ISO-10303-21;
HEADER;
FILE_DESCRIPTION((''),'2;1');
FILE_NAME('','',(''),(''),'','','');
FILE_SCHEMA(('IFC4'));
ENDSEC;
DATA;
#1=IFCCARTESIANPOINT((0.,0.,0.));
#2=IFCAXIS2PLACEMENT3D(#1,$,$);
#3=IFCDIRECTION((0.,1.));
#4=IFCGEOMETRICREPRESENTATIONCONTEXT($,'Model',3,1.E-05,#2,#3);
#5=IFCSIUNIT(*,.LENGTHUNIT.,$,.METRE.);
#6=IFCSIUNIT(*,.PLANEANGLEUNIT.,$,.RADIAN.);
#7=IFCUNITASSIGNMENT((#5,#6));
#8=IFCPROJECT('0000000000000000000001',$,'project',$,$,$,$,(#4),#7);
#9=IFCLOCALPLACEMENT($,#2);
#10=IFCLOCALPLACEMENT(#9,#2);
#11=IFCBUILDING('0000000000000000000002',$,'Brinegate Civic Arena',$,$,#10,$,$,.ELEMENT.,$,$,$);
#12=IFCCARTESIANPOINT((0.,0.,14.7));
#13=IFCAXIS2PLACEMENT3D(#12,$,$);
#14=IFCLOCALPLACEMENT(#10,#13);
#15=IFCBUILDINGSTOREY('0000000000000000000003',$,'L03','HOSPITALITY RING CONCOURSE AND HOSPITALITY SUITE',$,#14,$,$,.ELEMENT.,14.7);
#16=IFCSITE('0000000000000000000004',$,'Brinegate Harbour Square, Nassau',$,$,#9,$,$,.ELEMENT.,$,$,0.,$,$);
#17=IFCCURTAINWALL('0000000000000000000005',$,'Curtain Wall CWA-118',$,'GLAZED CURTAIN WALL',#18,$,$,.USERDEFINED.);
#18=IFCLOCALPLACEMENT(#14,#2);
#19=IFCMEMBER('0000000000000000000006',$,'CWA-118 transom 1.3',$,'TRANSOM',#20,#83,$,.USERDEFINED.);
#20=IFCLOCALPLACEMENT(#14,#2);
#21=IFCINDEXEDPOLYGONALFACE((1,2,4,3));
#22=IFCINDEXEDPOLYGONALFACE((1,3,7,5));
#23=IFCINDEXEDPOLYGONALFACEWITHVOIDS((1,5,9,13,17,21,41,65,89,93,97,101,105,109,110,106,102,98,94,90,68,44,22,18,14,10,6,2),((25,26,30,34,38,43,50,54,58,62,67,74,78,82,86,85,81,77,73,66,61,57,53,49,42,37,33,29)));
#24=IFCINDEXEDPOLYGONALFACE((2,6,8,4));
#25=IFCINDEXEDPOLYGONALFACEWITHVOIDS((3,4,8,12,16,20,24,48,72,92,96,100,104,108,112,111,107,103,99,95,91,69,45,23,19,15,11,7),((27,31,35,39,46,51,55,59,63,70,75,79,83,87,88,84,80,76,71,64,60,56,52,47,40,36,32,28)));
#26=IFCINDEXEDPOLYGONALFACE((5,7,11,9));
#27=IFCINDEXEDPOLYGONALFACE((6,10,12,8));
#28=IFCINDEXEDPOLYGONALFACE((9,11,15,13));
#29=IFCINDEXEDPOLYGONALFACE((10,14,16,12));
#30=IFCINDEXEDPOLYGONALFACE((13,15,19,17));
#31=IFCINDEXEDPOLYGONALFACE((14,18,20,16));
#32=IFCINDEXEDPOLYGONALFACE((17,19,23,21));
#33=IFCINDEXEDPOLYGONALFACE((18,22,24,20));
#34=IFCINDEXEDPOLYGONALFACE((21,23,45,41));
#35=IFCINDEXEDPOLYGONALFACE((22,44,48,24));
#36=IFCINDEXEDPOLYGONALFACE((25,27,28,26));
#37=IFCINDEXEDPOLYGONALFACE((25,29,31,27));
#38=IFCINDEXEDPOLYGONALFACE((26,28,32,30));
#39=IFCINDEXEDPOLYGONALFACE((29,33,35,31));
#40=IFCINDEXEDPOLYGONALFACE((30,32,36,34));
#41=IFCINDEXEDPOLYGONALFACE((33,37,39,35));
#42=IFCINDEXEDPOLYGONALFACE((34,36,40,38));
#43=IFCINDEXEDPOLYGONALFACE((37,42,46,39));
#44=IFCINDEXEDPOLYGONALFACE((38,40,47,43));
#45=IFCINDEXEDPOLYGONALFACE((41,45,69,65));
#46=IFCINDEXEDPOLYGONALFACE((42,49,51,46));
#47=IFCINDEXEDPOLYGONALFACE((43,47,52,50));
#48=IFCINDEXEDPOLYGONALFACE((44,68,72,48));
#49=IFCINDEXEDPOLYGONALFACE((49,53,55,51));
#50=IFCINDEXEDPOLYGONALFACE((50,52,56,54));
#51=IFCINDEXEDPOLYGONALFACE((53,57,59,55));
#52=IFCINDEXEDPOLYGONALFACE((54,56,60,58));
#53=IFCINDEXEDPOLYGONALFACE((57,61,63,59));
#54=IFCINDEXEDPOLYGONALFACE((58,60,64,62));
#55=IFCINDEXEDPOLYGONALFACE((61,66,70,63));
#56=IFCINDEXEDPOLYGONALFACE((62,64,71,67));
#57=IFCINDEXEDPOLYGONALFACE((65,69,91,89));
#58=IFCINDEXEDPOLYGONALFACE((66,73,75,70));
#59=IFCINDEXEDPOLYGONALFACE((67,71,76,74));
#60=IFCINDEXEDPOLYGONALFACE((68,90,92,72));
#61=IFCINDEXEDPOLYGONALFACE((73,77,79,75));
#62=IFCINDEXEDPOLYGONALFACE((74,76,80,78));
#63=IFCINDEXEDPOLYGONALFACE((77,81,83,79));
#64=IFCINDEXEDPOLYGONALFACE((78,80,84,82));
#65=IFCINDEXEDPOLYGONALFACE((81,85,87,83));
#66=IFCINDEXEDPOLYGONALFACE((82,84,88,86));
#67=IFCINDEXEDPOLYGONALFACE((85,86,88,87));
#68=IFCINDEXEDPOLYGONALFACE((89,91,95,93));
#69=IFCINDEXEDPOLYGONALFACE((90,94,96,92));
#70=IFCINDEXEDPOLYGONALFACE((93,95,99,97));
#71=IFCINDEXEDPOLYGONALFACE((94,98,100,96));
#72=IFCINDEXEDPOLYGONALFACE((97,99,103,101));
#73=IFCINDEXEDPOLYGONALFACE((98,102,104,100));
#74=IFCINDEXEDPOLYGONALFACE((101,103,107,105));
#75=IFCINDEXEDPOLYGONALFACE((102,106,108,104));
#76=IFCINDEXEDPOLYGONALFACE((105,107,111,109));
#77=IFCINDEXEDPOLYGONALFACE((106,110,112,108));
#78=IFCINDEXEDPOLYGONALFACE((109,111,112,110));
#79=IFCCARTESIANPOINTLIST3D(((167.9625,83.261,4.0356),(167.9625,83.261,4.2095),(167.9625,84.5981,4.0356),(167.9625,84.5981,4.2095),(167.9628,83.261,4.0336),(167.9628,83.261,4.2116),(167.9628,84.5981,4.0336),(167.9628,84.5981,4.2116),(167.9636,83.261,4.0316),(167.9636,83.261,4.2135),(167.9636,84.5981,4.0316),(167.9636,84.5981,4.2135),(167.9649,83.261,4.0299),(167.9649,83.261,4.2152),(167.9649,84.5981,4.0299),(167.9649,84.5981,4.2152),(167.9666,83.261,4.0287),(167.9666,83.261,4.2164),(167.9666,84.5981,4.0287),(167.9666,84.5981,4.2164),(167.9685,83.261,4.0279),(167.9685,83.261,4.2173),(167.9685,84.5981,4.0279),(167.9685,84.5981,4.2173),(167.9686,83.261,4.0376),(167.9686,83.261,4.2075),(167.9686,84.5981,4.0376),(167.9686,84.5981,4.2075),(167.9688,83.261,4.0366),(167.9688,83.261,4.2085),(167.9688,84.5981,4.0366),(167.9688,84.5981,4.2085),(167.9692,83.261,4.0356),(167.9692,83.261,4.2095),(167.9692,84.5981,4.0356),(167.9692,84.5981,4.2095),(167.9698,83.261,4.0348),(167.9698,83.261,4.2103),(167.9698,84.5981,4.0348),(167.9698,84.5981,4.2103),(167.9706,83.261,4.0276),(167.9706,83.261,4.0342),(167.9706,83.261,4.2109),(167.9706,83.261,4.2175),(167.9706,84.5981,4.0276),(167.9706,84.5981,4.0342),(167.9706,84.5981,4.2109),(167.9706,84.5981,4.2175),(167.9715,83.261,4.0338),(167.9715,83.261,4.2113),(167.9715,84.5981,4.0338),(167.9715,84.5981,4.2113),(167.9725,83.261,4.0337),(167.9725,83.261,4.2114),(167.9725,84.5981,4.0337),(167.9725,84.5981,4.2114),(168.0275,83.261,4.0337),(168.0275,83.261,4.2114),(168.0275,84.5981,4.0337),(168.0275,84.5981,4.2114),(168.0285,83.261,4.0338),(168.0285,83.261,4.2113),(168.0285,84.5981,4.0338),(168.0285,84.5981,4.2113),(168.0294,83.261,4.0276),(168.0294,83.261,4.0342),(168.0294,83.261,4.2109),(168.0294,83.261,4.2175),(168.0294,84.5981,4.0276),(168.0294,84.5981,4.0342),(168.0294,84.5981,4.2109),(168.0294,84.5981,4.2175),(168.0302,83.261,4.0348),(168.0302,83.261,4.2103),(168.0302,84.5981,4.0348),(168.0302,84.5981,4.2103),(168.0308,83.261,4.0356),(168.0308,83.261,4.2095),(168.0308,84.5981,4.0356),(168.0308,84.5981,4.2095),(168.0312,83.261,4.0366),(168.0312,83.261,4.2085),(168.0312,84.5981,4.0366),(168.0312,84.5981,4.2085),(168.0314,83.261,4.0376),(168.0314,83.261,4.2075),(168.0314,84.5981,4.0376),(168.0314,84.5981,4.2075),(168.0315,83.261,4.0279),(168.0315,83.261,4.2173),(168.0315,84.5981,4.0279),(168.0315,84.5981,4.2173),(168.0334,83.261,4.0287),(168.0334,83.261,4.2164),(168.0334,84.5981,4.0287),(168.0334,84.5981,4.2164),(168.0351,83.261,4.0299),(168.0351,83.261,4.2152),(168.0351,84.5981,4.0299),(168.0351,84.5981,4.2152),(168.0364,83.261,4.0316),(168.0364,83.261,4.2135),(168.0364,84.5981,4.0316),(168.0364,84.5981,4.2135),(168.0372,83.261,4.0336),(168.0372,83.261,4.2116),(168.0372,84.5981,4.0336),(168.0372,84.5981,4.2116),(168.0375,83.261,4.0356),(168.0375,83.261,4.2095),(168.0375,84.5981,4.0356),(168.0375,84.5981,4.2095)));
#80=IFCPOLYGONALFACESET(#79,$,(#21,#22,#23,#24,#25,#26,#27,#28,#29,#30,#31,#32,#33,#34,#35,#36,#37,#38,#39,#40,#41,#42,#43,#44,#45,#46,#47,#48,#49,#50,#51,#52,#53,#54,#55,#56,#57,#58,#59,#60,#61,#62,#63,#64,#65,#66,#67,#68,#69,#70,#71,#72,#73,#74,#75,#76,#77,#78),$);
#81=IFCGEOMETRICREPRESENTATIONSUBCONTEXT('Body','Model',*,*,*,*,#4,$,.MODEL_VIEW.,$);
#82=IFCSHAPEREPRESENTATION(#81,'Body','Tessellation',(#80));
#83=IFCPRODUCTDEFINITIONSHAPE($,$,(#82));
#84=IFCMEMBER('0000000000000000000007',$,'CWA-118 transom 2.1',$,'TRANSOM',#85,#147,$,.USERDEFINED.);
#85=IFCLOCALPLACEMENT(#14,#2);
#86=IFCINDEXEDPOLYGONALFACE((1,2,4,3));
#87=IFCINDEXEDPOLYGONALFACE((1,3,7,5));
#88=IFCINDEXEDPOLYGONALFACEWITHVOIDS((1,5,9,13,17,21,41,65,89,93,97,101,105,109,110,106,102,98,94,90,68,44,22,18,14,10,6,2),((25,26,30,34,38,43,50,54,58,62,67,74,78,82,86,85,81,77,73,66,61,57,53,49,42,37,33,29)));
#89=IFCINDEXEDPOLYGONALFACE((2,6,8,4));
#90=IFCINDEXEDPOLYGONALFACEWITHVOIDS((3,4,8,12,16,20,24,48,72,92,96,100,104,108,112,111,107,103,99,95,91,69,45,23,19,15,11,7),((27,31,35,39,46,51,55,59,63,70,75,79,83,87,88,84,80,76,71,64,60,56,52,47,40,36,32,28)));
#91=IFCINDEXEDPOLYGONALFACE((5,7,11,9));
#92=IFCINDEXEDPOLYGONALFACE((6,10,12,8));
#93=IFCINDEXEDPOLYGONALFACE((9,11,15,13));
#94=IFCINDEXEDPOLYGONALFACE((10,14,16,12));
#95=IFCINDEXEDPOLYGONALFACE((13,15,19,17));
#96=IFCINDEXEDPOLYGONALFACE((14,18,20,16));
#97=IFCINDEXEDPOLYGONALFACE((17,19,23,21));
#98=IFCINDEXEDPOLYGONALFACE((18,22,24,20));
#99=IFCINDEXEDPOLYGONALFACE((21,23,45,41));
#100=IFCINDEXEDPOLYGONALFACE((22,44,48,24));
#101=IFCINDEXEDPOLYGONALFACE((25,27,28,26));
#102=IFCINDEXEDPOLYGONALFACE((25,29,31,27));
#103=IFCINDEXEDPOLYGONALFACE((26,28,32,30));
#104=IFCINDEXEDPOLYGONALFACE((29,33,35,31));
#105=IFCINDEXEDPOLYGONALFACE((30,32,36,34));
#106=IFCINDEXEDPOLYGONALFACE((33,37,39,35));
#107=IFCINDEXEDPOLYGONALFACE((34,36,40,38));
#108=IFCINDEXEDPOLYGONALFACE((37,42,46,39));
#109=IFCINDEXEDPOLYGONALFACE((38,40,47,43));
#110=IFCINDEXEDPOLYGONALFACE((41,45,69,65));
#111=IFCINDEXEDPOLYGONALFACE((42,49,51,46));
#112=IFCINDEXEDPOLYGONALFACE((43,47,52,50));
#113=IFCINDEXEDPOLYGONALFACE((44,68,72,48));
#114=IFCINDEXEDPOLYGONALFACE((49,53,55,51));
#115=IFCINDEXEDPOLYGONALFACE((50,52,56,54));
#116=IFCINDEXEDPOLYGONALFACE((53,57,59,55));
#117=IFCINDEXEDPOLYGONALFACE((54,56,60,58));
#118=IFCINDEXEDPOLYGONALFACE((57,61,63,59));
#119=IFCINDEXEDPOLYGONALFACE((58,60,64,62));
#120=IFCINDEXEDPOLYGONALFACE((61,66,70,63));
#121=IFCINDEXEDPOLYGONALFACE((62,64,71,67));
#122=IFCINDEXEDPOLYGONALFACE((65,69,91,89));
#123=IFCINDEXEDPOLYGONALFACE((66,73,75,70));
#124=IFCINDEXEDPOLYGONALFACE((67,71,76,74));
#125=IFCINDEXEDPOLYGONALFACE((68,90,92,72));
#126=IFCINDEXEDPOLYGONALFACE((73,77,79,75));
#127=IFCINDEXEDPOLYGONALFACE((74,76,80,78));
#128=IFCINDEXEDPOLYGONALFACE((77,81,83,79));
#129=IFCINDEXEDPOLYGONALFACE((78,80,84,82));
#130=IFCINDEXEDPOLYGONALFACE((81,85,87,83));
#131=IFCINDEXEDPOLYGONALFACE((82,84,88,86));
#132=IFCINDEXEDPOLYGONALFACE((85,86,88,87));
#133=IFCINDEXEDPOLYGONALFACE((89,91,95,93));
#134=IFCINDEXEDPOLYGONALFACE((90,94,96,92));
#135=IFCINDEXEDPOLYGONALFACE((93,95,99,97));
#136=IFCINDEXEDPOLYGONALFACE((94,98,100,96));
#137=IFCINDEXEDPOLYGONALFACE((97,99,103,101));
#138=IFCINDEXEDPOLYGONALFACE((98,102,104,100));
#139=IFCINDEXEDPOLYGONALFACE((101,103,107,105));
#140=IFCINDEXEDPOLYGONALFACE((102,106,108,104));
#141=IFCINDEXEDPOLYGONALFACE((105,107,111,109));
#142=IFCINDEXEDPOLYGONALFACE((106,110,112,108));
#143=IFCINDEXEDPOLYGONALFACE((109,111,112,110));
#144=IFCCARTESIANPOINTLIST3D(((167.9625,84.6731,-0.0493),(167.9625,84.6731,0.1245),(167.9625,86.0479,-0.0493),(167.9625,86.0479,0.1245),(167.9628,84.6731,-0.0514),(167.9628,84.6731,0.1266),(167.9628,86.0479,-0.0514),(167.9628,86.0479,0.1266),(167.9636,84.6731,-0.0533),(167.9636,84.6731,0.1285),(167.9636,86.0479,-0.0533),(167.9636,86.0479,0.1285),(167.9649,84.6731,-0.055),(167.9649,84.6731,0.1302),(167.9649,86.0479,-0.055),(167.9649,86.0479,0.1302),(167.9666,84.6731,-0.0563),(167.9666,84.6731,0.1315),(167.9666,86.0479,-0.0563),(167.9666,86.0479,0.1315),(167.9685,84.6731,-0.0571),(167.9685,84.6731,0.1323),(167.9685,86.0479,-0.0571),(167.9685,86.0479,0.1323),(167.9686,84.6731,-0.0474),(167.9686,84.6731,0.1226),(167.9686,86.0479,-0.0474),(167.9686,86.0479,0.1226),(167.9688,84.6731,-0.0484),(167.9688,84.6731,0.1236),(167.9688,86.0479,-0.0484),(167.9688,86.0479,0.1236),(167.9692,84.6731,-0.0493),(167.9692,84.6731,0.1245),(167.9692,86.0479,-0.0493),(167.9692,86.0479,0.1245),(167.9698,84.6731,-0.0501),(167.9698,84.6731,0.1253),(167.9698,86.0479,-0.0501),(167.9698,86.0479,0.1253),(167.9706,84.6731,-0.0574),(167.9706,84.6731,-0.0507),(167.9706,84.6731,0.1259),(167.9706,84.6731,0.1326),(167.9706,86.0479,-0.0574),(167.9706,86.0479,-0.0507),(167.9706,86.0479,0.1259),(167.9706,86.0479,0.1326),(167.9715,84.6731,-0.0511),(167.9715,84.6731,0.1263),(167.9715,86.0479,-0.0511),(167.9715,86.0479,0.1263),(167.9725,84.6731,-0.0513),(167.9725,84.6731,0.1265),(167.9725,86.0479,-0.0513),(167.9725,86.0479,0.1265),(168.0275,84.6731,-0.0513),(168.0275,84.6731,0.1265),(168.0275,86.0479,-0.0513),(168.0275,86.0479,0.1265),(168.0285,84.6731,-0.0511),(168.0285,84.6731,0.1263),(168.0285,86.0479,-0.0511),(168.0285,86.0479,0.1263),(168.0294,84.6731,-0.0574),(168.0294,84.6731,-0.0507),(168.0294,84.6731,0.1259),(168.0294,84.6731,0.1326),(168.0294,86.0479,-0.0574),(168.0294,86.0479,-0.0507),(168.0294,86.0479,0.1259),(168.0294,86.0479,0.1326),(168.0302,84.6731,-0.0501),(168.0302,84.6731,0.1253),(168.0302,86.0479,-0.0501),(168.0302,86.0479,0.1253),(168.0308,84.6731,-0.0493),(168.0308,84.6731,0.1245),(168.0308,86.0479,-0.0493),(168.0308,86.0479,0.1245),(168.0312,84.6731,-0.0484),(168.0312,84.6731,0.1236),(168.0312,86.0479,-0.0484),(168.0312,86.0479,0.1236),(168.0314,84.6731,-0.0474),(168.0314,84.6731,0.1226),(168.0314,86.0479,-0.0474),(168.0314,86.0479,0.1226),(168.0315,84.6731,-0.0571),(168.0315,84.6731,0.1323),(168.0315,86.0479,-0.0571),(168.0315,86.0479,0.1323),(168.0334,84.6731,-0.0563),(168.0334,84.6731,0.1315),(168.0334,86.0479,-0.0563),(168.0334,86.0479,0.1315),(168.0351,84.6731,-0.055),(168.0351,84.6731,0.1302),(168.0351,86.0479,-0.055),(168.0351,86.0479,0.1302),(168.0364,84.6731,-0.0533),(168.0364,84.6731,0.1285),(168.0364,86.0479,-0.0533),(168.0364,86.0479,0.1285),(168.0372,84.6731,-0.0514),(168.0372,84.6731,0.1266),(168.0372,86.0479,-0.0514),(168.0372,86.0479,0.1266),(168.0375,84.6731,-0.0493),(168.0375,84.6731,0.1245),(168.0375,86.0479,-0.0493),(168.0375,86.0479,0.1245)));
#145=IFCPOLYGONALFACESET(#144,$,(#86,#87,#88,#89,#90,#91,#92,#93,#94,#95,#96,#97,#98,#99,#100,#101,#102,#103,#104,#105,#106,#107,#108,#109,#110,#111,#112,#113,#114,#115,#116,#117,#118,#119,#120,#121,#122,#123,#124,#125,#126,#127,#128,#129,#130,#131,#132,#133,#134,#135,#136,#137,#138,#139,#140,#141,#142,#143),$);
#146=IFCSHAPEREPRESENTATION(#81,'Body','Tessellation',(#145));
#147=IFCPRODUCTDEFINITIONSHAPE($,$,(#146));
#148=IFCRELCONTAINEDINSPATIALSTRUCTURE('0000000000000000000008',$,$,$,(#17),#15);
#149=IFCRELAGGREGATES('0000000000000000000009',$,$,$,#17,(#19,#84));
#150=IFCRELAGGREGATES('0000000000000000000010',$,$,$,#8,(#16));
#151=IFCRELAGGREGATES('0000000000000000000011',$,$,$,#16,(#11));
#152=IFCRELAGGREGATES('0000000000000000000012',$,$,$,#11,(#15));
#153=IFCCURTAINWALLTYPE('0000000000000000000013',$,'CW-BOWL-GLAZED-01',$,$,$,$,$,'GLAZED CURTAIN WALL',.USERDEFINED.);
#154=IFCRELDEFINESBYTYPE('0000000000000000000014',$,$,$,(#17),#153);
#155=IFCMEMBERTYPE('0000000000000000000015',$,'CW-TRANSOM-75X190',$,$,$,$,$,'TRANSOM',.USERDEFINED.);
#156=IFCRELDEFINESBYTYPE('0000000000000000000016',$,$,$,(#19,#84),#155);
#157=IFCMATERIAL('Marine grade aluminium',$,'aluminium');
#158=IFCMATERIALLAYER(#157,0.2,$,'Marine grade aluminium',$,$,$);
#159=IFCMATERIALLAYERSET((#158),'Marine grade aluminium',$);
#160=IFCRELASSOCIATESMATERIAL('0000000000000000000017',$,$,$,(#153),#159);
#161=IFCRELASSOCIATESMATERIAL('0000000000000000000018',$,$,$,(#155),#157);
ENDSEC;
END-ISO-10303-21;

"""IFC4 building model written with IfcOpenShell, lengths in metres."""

from ifc_helpers import new_model, si_unit, direction, frame, origin, origin_2d, place, context, subcontext, project, spatial, hollow_rectangle, extrude, material, layer, layer_set, material_profile, profile_set, type_object, element, aggregate, save


model = new_model("IFC4")

# Units and contexts
model_context = context("Model", 3, precision=1e-05, world=origin(), true_north=direction((0.0, 1.0)))
body_context = subcontext(model_context, "Body", "Model", "MODEL_VIEW")
ifc_project = project(units=[si_unit("LENGTHUNIT", "METRE"), si_unit("PLANEANGLEUNIT", "RADIAN")], contexts=[model_context])

# Site, building, storey
site_placement = place(None, origin())
site = spatial("IfcSite", under=ifc_project, at=site_placement, Name="Brinegate Harbour Square, Nassau", CompositionType="ELEMENT", RefElevation=0.0)
building_placement = place(site_placement, origin())
building = spatial("IfcBuilding", under=site, at=building_placement, Name="Brinegate Civic Arena", CompositionType="ELEMENT")
storey_placement = place(building_placement, frame((0.0, 0.0, 14.7)))
storey = spatial("IfcBuildingStorey", under=building, at=storey_placement, Name="L03", Description="HOSPITALITY RING CONCOURSE AND HOSPITALITY SUITE", CompositionType="ELEMENT", Elevation=14.7)

# Curtain wall, members
ifc_material_1 = material(Name="Marine grade aluminium", Category="aluminium")
ifc_layer_1 = layer(ifc_material_1, 0.2, Name="Marine grade aluminium")
ifc_layer_set_1 = layer_set([ifc_layer_1], Name="Marine grade aluminium")
curtain_wall_type = type_object("IfcCurtainWallType", Name="CW-BOWL-GLAZED-01", ElementType="GLAZED CURTAIN WALL", PredefinedType="USERDEFINED", material=ifc_layer_set_1)
curtain_wall_placement = place(storey_placement, origin())
curtain_wall = element("IfcCurtainWall", 1, at=curtain_wall_placement, inside=storey, type_object=curtain_wall_type, Name="Curtain Wall CWA-118", ObjectType="GLAZED CURTAIN WALL", PredefinedType="USERDEFINED")
ifc_material_profile_1 = material_profile(ifc_material_1, hollow_rectangle(XDim=0.075, YDim=0.1899, WallThickness=0.0061, InnerFilletRadius=0.0039, OuterFilletRadius=0.0081, at=origin_2d()), Name="TRN75X190")
ifc_profile_set_1 = profile_set([ifc_material_profile_1], Name="Marine grade aluminium")
member_type_1 = type_object("IfcMemberType", Name="CW-TRANSOM-75X190", ElementType="TRANSOM", PredefinedType="USERDEFINED", material=ifc_profile_set_1)
member_1_placement = place(storey_placement, frame((168.0, 83.261, 4.1226), z_axis=(0.0, 1.0, 0.0), x_axis=(-1.0, 0.0, 0.0)))
member_1 = element("IfcMember", 2, at=member_1_placement, type_object=member_type_1, Name="CWA-118 transom 1.3", ObjectType="TRANSOM", PredefinedType="USERDEFINED", context=body_context, shape_type="SweptSolid", body=[
    extrude(hollow_rectangle(XDim=0.075, YDim=0.1899, WallThickness=0.0061, InnerFilletRadius=0.0039, OuterFilletRadius=0.0081, at=origin_2d()), origin(), (0.0, 0.0, 1.0), 1.3372),
])
member_2_placement = place(storey_placement, frame((168.0, 84.6731, 0.0376), z_axis=(0.0, 1.0, 0.0), x_axis=(-1.0, 0.0, 0.0)))
member_2 = element("IfcMember", 3, at=member_2_placement, type_object=member_type_1, Name="CWA-118 transom 2.1", ObjectType="TRANSOM", PredefinedType="USERDEFINED", context=body_context, shape_type="SweptSolid", body=[
    extrude(hollow_rectangle(XDim=0.075, YDim=0.1899, WallThickness=0.0061, InnerFilletRadius=0.0039, OuterFilletRadius=0.0081, at=origin_2d()), origin(), (0.0, 0.0, 1.0), 1.3748),
])

aggregate(curtain_wall, [member_1, member_2])

save(model, "model.ifc")
